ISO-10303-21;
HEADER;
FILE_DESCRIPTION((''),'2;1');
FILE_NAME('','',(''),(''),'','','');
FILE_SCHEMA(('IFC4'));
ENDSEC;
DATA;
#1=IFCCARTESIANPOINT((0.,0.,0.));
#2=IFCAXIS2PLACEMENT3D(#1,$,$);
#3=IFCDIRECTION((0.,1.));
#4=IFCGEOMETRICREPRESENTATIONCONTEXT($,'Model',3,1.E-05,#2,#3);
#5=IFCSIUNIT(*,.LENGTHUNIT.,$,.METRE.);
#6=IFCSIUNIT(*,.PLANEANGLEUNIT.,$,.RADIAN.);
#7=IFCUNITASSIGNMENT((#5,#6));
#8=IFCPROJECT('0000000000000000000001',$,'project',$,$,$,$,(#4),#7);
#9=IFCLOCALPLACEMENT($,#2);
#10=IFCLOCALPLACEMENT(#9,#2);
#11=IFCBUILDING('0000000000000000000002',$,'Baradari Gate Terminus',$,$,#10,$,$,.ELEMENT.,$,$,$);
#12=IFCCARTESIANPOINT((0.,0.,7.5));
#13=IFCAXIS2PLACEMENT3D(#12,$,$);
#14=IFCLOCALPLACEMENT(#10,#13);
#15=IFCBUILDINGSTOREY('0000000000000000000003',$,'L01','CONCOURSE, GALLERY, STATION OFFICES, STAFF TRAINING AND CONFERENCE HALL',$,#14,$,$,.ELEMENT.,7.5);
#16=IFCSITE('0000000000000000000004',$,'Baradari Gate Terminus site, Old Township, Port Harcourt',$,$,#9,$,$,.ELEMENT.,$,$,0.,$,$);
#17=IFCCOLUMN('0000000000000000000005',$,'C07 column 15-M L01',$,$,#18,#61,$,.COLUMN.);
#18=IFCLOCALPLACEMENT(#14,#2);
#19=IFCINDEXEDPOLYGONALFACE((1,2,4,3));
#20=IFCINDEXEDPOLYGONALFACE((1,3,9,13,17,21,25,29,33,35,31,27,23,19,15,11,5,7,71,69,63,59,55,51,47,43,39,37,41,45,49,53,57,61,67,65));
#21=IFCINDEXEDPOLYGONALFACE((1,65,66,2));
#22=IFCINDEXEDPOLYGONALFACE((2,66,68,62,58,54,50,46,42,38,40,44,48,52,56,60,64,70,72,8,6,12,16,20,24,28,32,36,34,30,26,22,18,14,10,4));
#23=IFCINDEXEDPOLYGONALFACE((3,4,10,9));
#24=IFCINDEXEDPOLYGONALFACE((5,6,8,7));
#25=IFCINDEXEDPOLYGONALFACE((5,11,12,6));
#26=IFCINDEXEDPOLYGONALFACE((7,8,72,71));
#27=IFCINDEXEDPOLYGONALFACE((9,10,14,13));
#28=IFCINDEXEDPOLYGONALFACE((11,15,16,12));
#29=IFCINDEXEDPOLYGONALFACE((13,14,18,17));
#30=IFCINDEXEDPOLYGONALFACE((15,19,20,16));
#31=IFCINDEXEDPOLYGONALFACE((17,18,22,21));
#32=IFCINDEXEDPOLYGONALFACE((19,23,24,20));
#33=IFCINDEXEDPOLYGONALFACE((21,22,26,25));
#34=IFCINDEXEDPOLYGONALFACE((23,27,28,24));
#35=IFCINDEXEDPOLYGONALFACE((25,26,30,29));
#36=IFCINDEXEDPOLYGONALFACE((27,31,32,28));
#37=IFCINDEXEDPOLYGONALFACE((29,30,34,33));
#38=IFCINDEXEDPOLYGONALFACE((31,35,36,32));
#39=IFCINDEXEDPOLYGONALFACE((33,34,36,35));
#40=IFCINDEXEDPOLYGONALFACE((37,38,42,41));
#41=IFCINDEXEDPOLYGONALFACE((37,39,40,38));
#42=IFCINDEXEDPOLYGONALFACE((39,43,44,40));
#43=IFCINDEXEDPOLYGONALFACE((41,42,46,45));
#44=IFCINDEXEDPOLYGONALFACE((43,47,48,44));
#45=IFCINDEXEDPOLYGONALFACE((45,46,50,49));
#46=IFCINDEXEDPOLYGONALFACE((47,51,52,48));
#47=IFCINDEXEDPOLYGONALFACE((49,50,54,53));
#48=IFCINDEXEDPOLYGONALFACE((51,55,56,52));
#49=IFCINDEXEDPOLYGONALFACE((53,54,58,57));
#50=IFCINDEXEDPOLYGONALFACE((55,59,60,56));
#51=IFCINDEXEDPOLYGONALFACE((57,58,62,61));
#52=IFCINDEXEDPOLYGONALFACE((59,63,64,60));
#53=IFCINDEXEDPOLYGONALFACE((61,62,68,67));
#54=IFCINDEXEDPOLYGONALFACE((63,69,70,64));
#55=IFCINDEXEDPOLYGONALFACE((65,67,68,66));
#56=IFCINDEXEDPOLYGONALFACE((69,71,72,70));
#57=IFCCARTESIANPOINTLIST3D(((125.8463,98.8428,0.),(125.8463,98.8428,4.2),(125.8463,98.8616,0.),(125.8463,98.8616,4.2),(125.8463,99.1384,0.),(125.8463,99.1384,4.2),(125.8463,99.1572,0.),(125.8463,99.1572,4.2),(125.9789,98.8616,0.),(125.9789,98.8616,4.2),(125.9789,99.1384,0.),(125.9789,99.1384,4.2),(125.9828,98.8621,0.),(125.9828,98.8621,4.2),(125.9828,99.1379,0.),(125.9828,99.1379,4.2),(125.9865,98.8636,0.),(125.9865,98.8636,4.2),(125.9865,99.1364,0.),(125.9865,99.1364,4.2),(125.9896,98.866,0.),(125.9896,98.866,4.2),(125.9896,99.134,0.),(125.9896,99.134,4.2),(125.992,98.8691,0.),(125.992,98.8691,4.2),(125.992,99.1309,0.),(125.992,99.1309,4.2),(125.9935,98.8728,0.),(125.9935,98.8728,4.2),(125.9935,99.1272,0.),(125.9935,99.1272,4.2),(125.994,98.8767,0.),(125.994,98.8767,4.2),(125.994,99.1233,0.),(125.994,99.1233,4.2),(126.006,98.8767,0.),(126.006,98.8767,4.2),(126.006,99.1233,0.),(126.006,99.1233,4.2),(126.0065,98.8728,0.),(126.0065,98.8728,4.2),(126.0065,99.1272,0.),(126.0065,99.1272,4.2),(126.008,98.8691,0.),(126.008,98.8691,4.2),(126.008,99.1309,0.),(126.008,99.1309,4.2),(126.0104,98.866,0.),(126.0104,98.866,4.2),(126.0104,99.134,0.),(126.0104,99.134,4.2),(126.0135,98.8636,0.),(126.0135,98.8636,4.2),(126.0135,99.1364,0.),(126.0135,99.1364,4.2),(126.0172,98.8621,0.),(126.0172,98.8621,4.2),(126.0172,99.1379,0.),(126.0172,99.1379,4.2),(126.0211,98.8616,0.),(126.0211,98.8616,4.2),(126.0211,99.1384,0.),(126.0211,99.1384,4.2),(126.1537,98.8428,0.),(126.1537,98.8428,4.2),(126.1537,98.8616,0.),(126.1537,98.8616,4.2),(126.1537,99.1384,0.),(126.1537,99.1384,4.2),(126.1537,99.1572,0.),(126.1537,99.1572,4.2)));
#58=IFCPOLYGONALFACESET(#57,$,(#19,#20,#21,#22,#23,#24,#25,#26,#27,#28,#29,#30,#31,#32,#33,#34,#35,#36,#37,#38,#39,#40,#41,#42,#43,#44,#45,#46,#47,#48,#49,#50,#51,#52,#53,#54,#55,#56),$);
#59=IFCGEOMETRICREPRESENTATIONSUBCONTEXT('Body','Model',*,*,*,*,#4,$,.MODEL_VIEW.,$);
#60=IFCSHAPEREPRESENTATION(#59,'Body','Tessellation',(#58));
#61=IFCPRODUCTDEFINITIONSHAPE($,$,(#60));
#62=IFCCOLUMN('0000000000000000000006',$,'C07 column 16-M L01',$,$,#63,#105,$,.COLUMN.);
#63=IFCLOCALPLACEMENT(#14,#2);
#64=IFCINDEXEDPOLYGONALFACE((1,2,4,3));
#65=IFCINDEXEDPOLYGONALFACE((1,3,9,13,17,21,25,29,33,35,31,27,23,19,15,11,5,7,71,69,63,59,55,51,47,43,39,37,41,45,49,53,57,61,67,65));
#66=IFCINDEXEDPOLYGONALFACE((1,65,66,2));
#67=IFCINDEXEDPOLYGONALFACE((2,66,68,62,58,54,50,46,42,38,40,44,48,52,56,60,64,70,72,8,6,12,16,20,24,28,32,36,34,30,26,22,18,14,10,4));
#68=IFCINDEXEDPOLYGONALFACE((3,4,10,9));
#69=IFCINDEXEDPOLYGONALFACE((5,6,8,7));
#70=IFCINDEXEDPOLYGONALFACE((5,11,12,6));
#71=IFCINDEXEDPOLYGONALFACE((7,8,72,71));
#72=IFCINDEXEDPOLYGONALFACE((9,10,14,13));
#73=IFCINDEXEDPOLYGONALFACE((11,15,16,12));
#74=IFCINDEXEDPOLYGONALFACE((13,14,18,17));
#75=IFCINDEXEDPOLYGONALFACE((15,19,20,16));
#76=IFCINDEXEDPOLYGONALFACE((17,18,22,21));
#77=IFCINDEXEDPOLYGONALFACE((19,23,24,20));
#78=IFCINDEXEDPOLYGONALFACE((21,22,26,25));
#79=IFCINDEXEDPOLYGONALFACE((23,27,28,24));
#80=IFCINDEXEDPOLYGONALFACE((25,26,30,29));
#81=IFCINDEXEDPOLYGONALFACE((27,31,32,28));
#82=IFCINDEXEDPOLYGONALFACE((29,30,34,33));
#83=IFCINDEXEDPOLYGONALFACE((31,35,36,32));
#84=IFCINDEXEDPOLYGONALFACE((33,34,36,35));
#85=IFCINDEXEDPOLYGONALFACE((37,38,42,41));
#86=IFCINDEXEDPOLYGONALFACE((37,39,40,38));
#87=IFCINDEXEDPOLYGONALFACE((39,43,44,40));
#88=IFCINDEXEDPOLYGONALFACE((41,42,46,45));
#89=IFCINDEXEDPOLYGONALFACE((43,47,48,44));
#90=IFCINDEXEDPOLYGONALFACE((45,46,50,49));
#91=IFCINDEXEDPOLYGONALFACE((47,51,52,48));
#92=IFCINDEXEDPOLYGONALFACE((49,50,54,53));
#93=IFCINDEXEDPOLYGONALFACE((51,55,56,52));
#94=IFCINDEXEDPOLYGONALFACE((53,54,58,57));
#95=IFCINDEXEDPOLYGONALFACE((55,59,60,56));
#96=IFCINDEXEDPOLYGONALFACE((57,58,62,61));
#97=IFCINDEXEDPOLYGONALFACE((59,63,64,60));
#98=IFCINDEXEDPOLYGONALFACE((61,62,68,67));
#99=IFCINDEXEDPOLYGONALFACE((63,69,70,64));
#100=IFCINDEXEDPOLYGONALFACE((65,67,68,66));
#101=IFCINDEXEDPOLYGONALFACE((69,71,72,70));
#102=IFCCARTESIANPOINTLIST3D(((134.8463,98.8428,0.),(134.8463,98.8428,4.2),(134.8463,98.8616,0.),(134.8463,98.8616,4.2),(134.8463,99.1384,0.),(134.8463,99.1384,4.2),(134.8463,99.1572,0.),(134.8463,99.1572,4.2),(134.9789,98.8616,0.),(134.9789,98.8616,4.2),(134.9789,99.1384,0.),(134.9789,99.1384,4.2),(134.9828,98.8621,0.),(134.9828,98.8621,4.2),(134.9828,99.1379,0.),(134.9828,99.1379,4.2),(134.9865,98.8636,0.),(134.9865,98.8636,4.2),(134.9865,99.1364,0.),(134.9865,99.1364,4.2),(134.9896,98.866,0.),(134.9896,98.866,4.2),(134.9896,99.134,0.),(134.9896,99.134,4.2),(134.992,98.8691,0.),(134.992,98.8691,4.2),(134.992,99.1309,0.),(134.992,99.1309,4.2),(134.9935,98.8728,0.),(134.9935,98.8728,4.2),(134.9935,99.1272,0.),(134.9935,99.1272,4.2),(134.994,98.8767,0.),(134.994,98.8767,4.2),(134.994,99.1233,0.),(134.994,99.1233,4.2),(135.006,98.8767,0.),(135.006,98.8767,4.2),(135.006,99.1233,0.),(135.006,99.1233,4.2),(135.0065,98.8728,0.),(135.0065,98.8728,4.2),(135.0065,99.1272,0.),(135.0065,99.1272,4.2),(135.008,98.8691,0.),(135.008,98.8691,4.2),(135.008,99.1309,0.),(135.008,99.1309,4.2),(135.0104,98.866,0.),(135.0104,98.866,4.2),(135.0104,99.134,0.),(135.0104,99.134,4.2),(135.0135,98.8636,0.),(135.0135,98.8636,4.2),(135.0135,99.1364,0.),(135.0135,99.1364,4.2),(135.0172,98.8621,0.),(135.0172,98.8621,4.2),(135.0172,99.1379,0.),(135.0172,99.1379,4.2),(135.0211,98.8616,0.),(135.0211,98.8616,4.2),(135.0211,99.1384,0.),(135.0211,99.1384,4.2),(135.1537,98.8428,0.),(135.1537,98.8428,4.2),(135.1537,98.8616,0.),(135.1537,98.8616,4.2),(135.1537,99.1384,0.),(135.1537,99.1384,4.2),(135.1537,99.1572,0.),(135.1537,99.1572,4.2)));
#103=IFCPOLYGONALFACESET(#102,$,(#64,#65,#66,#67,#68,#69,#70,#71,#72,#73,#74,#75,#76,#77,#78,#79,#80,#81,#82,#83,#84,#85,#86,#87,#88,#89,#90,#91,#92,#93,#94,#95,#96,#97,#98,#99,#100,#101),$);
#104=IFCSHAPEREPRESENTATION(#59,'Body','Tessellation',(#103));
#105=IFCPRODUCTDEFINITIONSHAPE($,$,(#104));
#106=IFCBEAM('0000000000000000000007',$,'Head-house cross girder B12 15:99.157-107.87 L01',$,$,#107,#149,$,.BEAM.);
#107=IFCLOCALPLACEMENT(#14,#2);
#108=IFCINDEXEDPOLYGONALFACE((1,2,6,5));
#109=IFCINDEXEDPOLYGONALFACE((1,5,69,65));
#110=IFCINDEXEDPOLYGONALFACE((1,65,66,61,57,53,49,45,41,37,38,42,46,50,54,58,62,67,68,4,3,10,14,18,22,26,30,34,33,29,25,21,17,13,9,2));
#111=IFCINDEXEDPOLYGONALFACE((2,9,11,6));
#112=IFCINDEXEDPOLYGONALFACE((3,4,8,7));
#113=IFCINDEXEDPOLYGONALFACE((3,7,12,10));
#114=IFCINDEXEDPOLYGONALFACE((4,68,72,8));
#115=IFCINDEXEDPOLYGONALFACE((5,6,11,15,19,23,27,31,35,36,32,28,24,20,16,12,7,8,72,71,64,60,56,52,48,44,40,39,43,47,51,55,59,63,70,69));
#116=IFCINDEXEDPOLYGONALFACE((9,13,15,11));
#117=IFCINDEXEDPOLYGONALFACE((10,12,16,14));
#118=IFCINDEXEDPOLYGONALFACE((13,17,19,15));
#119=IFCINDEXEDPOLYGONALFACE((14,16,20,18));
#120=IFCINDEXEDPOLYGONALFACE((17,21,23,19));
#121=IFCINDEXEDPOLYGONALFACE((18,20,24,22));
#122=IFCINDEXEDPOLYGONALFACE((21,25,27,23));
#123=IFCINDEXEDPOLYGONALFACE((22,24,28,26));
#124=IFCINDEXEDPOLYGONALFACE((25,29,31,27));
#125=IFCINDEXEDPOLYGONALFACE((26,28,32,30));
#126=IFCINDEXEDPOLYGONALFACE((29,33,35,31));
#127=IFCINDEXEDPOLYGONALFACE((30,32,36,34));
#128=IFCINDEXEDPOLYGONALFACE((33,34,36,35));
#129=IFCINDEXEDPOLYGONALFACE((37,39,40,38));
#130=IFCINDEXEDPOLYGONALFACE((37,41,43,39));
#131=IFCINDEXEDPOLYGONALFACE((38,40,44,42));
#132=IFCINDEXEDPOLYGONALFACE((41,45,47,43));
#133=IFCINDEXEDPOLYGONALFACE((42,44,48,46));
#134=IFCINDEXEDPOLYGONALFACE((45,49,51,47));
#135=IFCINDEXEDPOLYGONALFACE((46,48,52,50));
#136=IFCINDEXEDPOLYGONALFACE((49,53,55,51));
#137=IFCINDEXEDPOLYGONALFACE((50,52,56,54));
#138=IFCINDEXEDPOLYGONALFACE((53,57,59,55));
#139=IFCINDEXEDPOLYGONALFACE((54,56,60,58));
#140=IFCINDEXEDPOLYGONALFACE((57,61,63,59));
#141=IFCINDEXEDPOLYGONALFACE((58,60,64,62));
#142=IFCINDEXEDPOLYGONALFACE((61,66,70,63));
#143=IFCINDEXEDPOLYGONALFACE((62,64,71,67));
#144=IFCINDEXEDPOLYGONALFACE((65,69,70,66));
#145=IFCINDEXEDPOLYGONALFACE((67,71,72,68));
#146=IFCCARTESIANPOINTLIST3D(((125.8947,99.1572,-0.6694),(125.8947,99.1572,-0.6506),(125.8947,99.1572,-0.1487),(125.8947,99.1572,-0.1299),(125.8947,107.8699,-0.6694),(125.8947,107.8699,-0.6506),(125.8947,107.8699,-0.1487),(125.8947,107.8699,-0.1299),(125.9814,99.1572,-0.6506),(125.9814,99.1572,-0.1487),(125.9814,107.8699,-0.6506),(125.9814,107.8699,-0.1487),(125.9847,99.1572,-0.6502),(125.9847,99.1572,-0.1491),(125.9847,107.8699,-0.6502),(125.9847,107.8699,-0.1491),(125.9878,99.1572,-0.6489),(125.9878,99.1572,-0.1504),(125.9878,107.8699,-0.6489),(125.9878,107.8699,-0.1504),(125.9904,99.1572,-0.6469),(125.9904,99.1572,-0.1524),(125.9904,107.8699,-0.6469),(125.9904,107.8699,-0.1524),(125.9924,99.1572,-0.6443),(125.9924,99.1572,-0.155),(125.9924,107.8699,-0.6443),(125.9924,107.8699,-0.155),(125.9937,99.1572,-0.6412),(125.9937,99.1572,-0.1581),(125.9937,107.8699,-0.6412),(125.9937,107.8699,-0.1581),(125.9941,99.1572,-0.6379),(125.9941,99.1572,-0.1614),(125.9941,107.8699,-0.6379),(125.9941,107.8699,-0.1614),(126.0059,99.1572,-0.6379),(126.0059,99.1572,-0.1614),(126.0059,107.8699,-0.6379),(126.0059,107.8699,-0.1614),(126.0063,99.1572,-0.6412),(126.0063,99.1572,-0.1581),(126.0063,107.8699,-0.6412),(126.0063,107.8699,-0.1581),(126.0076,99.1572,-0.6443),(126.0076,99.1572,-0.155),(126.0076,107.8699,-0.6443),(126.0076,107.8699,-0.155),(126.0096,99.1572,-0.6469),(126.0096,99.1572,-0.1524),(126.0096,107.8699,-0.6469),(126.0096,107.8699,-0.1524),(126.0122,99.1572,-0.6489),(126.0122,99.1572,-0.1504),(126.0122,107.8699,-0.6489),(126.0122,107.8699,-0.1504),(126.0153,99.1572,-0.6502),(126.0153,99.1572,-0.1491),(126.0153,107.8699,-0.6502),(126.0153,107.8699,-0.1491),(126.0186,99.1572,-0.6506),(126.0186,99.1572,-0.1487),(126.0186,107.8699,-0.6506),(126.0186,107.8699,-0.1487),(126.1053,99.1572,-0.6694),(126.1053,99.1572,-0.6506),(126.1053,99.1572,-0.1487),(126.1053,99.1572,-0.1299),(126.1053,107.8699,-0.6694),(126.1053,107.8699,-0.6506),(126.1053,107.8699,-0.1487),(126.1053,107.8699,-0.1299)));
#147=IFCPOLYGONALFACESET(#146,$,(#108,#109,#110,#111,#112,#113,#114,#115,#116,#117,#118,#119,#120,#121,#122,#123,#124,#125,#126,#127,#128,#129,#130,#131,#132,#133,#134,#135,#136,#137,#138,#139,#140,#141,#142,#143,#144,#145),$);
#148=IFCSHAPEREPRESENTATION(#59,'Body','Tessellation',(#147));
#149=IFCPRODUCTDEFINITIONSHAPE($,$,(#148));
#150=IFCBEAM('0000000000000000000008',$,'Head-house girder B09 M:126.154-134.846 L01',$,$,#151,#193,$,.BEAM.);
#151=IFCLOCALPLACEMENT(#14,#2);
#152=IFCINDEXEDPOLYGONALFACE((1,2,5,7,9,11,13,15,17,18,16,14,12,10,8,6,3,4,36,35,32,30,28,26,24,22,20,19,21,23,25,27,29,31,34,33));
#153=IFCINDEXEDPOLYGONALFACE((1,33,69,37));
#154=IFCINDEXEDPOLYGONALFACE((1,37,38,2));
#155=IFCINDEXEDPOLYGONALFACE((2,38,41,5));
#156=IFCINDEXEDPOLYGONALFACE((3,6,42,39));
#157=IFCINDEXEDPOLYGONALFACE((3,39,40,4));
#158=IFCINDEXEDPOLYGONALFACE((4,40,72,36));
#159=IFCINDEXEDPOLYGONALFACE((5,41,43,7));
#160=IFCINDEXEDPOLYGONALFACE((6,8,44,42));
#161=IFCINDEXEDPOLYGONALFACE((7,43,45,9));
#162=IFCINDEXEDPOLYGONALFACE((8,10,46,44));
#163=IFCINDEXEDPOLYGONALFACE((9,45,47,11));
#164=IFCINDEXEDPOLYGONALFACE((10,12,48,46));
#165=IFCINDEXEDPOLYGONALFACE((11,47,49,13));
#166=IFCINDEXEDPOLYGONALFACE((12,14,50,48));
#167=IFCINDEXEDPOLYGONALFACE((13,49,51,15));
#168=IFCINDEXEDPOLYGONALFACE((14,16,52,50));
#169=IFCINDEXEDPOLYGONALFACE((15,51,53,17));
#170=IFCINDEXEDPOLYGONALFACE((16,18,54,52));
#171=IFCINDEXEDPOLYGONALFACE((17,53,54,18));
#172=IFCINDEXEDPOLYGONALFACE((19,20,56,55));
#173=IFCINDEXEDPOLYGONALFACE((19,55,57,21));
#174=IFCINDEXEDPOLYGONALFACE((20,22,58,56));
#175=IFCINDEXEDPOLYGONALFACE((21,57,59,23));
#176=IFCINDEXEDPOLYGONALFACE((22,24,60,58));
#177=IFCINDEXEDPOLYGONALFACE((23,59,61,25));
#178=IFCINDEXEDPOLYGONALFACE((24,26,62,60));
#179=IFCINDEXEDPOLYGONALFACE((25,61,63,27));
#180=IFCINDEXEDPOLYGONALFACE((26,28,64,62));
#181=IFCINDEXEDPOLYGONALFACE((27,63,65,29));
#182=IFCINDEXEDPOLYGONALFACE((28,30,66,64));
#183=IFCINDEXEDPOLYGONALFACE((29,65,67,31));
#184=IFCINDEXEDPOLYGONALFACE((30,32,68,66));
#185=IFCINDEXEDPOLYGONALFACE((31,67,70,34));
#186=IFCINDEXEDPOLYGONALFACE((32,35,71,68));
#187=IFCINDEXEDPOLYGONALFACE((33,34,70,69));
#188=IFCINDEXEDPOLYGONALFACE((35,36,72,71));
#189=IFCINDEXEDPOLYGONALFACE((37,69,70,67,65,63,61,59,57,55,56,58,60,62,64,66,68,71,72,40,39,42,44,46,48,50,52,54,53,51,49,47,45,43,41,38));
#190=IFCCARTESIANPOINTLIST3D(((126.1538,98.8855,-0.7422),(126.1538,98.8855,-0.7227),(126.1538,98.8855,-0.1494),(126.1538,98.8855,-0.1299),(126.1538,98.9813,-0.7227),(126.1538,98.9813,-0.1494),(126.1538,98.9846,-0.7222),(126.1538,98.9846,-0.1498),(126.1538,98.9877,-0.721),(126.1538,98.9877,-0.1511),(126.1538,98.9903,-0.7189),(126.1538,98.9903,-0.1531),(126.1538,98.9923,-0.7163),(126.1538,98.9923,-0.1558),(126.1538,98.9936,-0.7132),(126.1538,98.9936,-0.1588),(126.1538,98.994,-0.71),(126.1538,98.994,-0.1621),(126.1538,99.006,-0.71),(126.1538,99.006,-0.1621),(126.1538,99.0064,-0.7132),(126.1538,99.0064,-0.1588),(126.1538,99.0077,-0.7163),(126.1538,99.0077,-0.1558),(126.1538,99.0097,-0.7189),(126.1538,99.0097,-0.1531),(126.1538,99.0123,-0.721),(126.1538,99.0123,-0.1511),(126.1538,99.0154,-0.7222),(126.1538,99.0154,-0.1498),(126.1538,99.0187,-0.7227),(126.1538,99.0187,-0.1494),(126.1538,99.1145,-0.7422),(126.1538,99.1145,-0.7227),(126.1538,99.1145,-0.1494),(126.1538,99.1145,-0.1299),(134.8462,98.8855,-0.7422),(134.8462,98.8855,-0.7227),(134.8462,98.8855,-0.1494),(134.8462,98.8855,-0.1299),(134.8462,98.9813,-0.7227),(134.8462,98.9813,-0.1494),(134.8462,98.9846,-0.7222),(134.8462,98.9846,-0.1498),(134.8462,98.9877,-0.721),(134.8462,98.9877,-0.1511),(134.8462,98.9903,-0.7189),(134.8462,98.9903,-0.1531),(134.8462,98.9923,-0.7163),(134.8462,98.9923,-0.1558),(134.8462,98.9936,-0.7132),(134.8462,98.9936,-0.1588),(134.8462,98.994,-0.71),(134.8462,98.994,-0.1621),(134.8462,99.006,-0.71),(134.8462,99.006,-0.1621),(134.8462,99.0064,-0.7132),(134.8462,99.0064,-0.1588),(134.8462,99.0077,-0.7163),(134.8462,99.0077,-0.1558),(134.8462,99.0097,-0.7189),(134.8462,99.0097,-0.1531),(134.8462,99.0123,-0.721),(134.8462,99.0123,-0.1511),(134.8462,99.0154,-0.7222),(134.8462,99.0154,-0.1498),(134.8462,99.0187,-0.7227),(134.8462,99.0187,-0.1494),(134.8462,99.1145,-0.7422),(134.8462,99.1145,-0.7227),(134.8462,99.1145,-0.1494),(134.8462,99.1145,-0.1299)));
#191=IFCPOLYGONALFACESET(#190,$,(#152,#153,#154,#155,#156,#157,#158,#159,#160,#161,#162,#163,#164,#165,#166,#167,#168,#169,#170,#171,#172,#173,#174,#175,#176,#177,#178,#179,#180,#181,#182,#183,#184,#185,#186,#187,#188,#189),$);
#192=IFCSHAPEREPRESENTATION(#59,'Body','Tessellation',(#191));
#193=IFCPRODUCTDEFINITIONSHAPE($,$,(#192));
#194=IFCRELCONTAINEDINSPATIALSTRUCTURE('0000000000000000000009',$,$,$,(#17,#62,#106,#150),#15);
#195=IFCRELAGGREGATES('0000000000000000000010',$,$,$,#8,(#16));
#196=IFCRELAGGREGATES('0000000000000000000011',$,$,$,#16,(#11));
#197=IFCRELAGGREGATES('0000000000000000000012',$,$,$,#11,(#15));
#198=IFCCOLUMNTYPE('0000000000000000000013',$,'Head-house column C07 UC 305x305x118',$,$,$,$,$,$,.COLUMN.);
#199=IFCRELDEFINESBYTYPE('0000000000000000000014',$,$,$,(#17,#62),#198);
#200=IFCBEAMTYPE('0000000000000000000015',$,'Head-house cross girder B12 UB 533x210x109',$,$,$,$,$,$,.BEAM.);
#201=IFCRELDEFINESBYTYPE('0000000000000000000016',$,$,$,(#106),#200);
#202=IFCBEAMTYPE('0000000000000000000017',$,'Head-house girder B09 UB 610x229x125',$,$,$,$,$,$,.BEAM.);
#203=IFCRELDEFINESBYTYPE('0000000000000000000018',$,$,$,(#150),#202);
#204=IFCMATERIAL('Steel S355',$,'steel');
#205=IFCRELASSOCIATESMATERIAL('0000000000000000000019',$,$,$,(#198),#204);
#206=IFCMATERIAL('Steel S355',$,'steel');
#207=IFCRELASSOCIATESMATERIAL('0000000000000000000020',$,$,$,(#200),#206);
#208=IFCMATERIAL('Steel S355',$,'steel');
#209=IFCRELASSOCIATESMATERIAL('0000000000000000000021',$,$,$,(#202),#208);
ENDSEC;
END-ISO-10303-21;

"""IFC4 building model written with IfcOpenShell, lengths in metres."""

from ifc_helpers import new_model, si_unit, direction, frame, origin, origin_2d, place, context, subcontext, project, spatial, i_section, extrude, material, material_profile, profile_set, type_object, element, save


model = new_model("IFC4")

# Units and contexts
model_context = context("Model", 3, precision=1e-05, world=origin(), true_north=direction((0.0, 1.0)))
body_context = subcontext(model_context, "Body", "Model", "MODEL_VIEW")
ifc_project = project(units=[si_unit("LENGTHUNIT", "METRE"), si_unit("PLANEANGLEUNIT", "RADIAN")], contexts=[model_context])

# Site, building, storey
site_placement = place(None, origin())
site = spatial("IfcSite", under=ifc_project, at=site_placement, Name="Baradari Gate Terminus site, Old Township, Port Harcourt", CompositionType="ELEMENT", RefElevation=0.0)
building_placement = place(site_placement, origin())
building = spatial("IfcBuilding", under=site, at=building_placement, Name="Baradari Gate Terminus", CompositionType="ELEMENT")
storey_placement = place(building_placement, frame((0.0, 0.0, 7.5)))
storey = spatial("IfcBuildingStorey", under=building, at=storey_placement, Name="L01", Description="CONCOURSE, GALLERY, STATION OFFICES, STAFF TRAINING AND CONFERENCE HALL", CompositionType="ELEMENT", Elevation=7.5)

# Columns
ifc_material_1 = material(Name="Steel S355", Category="steel")
ifc_material_profile_1 = material_profile(ifc_material_1, i_section(OverallWidth=0.3074, OverallDepth=0.3145, WebThickness=0.012, FlangeThickness=0.0188, FilletRadius=0.0151, at=origin_2d()), Name="UC 305x305x118")
ifc_profile_set_1 = profile_set([ifc_material_profile_1], Name="Steel S355")
column_type = type_object("IfcColumnType", Name="Head-house column C07 UC 305x305x118", PredefinedType="COLUMN", material=ifc_profile_set_1)
for number, where, z_axis, x_axis, name in (
    (1, (126.0, 99.0, 0.0), (0.0, 0.0, 1.0), (1.0, 0.0, 0.0), "C07 column 15-M L01"),
    (2, (135.0, 99.0, 0.0), (0.0, 0.0, 1.0), (1.0, 0.0, 0.0), "C07 column 16-M L01"),
):
    element("IfcColumn", number, at=place(storey_placement, frame(where, z_axis=z_axis, x_axis=x_axis)), inside=storey, type_object=column_type, Name=name, PredefinedType="COLUMN", context=body_context, shape_type="SweptSolid", body=[
        extrude(i_section(OverallWidth=0.3074, OverallDepth=0.3145, WebThickness=0.012, FlangeThickness=0.0188, FilletRadius=0.0151, at=origin_2d()), origin(), (0.0, 0.0, 1.0), 4.2),
    ])

# Beams
ifc_material_2 = material(Name="Steel S355", Category="steel")
ifc_material_profile_2 = material_profile(ifc_material_2, i_section(OverallWidth=0.2107, OverallDepth=0.5396, WebThickness=0.0117, FlangeThickness=0.0188, FilletRadius=0.0127, at=origin_2d()), Name="UB 533x210x109")
ifc_profile_set_2 = profile_set([ifc_material_profile_2], Name="Steel S355")
beam_type_1 = type_object("IfcBeamType", Name="Head-house cross girder B12 UB 533x210x109", PredefinedType="BEAM", material=ifc_profile_set_2)
beam_1_placement = place(storey_placement, frame((126.0, 99.1572, -0.3997), z_axis=(0.0, 1.0, 0.0), x_axis=(-1.0, 0.0, 0.0)))
element("IfcBeam", 3, at=beam_1_placement, inside=storey, type_object=beam_type_1, Name="Head-house cross girder B12 15:99.157-107.87 L01", PredefinedType="BEAM", context=body_context, shape_type="SweptSolid", body=[
    extrude(i_section(OverallWidth=0.2107, OverallDepth=0.5396, WebThickness=0.0117, FlangeThickness=0.0188, FilletRadius=0.0127, at=origin_2d()), origin(), (0.0, 0.0, 1.0), 8.7126),
])
ifc_material_3 = material(Name="Steel S355", Category="steel")
ifc_material_profile_3 = material_profile(ifc_material_3, i_section(OverallWidth=0.229, OverallDepth=0.6123, WebThickness=0.012, FlangeThickness=0.0195, FilletRadius=0.0127, at=origin_2d()), Name="UB 610x229x125")
ifc_profile_set_3 = profile_set([ifc_material_profile_3], Name="Steel S355")
beam_type_2 = type_object("IfcBeamType", Name="Head-house girder B09 UB 610x229x125", PredefinedType="BEAM", material=ifc_profile_set_3)
beam_2_placement = place(storey_placement, frame((126.1538, 99.0, -0.436), z_axis=(1.0, 0.0, 0.0), x_axis=(0.0, 1.0, 0.0)))
element("IfcBeam", 4, at=beam_2_placement, inside=storey, type_object=beam_type_2, Name="Head-house girder B09 M:126.154-134.846 L01", PredefinedType="BEAM", context=body_context, shape_type="SweptSolid", body=[
    extrude(i_section(OverallWidth=0.229, OverallDepth=0.6123, WebThickness=0.012, FlangeThickness=0.0195, FilletRadius=0.0127, at=origin_2d()), origin(), (0.0, 0.0, 1.0), 8.6924),
])

save(model, "model.ifc")
